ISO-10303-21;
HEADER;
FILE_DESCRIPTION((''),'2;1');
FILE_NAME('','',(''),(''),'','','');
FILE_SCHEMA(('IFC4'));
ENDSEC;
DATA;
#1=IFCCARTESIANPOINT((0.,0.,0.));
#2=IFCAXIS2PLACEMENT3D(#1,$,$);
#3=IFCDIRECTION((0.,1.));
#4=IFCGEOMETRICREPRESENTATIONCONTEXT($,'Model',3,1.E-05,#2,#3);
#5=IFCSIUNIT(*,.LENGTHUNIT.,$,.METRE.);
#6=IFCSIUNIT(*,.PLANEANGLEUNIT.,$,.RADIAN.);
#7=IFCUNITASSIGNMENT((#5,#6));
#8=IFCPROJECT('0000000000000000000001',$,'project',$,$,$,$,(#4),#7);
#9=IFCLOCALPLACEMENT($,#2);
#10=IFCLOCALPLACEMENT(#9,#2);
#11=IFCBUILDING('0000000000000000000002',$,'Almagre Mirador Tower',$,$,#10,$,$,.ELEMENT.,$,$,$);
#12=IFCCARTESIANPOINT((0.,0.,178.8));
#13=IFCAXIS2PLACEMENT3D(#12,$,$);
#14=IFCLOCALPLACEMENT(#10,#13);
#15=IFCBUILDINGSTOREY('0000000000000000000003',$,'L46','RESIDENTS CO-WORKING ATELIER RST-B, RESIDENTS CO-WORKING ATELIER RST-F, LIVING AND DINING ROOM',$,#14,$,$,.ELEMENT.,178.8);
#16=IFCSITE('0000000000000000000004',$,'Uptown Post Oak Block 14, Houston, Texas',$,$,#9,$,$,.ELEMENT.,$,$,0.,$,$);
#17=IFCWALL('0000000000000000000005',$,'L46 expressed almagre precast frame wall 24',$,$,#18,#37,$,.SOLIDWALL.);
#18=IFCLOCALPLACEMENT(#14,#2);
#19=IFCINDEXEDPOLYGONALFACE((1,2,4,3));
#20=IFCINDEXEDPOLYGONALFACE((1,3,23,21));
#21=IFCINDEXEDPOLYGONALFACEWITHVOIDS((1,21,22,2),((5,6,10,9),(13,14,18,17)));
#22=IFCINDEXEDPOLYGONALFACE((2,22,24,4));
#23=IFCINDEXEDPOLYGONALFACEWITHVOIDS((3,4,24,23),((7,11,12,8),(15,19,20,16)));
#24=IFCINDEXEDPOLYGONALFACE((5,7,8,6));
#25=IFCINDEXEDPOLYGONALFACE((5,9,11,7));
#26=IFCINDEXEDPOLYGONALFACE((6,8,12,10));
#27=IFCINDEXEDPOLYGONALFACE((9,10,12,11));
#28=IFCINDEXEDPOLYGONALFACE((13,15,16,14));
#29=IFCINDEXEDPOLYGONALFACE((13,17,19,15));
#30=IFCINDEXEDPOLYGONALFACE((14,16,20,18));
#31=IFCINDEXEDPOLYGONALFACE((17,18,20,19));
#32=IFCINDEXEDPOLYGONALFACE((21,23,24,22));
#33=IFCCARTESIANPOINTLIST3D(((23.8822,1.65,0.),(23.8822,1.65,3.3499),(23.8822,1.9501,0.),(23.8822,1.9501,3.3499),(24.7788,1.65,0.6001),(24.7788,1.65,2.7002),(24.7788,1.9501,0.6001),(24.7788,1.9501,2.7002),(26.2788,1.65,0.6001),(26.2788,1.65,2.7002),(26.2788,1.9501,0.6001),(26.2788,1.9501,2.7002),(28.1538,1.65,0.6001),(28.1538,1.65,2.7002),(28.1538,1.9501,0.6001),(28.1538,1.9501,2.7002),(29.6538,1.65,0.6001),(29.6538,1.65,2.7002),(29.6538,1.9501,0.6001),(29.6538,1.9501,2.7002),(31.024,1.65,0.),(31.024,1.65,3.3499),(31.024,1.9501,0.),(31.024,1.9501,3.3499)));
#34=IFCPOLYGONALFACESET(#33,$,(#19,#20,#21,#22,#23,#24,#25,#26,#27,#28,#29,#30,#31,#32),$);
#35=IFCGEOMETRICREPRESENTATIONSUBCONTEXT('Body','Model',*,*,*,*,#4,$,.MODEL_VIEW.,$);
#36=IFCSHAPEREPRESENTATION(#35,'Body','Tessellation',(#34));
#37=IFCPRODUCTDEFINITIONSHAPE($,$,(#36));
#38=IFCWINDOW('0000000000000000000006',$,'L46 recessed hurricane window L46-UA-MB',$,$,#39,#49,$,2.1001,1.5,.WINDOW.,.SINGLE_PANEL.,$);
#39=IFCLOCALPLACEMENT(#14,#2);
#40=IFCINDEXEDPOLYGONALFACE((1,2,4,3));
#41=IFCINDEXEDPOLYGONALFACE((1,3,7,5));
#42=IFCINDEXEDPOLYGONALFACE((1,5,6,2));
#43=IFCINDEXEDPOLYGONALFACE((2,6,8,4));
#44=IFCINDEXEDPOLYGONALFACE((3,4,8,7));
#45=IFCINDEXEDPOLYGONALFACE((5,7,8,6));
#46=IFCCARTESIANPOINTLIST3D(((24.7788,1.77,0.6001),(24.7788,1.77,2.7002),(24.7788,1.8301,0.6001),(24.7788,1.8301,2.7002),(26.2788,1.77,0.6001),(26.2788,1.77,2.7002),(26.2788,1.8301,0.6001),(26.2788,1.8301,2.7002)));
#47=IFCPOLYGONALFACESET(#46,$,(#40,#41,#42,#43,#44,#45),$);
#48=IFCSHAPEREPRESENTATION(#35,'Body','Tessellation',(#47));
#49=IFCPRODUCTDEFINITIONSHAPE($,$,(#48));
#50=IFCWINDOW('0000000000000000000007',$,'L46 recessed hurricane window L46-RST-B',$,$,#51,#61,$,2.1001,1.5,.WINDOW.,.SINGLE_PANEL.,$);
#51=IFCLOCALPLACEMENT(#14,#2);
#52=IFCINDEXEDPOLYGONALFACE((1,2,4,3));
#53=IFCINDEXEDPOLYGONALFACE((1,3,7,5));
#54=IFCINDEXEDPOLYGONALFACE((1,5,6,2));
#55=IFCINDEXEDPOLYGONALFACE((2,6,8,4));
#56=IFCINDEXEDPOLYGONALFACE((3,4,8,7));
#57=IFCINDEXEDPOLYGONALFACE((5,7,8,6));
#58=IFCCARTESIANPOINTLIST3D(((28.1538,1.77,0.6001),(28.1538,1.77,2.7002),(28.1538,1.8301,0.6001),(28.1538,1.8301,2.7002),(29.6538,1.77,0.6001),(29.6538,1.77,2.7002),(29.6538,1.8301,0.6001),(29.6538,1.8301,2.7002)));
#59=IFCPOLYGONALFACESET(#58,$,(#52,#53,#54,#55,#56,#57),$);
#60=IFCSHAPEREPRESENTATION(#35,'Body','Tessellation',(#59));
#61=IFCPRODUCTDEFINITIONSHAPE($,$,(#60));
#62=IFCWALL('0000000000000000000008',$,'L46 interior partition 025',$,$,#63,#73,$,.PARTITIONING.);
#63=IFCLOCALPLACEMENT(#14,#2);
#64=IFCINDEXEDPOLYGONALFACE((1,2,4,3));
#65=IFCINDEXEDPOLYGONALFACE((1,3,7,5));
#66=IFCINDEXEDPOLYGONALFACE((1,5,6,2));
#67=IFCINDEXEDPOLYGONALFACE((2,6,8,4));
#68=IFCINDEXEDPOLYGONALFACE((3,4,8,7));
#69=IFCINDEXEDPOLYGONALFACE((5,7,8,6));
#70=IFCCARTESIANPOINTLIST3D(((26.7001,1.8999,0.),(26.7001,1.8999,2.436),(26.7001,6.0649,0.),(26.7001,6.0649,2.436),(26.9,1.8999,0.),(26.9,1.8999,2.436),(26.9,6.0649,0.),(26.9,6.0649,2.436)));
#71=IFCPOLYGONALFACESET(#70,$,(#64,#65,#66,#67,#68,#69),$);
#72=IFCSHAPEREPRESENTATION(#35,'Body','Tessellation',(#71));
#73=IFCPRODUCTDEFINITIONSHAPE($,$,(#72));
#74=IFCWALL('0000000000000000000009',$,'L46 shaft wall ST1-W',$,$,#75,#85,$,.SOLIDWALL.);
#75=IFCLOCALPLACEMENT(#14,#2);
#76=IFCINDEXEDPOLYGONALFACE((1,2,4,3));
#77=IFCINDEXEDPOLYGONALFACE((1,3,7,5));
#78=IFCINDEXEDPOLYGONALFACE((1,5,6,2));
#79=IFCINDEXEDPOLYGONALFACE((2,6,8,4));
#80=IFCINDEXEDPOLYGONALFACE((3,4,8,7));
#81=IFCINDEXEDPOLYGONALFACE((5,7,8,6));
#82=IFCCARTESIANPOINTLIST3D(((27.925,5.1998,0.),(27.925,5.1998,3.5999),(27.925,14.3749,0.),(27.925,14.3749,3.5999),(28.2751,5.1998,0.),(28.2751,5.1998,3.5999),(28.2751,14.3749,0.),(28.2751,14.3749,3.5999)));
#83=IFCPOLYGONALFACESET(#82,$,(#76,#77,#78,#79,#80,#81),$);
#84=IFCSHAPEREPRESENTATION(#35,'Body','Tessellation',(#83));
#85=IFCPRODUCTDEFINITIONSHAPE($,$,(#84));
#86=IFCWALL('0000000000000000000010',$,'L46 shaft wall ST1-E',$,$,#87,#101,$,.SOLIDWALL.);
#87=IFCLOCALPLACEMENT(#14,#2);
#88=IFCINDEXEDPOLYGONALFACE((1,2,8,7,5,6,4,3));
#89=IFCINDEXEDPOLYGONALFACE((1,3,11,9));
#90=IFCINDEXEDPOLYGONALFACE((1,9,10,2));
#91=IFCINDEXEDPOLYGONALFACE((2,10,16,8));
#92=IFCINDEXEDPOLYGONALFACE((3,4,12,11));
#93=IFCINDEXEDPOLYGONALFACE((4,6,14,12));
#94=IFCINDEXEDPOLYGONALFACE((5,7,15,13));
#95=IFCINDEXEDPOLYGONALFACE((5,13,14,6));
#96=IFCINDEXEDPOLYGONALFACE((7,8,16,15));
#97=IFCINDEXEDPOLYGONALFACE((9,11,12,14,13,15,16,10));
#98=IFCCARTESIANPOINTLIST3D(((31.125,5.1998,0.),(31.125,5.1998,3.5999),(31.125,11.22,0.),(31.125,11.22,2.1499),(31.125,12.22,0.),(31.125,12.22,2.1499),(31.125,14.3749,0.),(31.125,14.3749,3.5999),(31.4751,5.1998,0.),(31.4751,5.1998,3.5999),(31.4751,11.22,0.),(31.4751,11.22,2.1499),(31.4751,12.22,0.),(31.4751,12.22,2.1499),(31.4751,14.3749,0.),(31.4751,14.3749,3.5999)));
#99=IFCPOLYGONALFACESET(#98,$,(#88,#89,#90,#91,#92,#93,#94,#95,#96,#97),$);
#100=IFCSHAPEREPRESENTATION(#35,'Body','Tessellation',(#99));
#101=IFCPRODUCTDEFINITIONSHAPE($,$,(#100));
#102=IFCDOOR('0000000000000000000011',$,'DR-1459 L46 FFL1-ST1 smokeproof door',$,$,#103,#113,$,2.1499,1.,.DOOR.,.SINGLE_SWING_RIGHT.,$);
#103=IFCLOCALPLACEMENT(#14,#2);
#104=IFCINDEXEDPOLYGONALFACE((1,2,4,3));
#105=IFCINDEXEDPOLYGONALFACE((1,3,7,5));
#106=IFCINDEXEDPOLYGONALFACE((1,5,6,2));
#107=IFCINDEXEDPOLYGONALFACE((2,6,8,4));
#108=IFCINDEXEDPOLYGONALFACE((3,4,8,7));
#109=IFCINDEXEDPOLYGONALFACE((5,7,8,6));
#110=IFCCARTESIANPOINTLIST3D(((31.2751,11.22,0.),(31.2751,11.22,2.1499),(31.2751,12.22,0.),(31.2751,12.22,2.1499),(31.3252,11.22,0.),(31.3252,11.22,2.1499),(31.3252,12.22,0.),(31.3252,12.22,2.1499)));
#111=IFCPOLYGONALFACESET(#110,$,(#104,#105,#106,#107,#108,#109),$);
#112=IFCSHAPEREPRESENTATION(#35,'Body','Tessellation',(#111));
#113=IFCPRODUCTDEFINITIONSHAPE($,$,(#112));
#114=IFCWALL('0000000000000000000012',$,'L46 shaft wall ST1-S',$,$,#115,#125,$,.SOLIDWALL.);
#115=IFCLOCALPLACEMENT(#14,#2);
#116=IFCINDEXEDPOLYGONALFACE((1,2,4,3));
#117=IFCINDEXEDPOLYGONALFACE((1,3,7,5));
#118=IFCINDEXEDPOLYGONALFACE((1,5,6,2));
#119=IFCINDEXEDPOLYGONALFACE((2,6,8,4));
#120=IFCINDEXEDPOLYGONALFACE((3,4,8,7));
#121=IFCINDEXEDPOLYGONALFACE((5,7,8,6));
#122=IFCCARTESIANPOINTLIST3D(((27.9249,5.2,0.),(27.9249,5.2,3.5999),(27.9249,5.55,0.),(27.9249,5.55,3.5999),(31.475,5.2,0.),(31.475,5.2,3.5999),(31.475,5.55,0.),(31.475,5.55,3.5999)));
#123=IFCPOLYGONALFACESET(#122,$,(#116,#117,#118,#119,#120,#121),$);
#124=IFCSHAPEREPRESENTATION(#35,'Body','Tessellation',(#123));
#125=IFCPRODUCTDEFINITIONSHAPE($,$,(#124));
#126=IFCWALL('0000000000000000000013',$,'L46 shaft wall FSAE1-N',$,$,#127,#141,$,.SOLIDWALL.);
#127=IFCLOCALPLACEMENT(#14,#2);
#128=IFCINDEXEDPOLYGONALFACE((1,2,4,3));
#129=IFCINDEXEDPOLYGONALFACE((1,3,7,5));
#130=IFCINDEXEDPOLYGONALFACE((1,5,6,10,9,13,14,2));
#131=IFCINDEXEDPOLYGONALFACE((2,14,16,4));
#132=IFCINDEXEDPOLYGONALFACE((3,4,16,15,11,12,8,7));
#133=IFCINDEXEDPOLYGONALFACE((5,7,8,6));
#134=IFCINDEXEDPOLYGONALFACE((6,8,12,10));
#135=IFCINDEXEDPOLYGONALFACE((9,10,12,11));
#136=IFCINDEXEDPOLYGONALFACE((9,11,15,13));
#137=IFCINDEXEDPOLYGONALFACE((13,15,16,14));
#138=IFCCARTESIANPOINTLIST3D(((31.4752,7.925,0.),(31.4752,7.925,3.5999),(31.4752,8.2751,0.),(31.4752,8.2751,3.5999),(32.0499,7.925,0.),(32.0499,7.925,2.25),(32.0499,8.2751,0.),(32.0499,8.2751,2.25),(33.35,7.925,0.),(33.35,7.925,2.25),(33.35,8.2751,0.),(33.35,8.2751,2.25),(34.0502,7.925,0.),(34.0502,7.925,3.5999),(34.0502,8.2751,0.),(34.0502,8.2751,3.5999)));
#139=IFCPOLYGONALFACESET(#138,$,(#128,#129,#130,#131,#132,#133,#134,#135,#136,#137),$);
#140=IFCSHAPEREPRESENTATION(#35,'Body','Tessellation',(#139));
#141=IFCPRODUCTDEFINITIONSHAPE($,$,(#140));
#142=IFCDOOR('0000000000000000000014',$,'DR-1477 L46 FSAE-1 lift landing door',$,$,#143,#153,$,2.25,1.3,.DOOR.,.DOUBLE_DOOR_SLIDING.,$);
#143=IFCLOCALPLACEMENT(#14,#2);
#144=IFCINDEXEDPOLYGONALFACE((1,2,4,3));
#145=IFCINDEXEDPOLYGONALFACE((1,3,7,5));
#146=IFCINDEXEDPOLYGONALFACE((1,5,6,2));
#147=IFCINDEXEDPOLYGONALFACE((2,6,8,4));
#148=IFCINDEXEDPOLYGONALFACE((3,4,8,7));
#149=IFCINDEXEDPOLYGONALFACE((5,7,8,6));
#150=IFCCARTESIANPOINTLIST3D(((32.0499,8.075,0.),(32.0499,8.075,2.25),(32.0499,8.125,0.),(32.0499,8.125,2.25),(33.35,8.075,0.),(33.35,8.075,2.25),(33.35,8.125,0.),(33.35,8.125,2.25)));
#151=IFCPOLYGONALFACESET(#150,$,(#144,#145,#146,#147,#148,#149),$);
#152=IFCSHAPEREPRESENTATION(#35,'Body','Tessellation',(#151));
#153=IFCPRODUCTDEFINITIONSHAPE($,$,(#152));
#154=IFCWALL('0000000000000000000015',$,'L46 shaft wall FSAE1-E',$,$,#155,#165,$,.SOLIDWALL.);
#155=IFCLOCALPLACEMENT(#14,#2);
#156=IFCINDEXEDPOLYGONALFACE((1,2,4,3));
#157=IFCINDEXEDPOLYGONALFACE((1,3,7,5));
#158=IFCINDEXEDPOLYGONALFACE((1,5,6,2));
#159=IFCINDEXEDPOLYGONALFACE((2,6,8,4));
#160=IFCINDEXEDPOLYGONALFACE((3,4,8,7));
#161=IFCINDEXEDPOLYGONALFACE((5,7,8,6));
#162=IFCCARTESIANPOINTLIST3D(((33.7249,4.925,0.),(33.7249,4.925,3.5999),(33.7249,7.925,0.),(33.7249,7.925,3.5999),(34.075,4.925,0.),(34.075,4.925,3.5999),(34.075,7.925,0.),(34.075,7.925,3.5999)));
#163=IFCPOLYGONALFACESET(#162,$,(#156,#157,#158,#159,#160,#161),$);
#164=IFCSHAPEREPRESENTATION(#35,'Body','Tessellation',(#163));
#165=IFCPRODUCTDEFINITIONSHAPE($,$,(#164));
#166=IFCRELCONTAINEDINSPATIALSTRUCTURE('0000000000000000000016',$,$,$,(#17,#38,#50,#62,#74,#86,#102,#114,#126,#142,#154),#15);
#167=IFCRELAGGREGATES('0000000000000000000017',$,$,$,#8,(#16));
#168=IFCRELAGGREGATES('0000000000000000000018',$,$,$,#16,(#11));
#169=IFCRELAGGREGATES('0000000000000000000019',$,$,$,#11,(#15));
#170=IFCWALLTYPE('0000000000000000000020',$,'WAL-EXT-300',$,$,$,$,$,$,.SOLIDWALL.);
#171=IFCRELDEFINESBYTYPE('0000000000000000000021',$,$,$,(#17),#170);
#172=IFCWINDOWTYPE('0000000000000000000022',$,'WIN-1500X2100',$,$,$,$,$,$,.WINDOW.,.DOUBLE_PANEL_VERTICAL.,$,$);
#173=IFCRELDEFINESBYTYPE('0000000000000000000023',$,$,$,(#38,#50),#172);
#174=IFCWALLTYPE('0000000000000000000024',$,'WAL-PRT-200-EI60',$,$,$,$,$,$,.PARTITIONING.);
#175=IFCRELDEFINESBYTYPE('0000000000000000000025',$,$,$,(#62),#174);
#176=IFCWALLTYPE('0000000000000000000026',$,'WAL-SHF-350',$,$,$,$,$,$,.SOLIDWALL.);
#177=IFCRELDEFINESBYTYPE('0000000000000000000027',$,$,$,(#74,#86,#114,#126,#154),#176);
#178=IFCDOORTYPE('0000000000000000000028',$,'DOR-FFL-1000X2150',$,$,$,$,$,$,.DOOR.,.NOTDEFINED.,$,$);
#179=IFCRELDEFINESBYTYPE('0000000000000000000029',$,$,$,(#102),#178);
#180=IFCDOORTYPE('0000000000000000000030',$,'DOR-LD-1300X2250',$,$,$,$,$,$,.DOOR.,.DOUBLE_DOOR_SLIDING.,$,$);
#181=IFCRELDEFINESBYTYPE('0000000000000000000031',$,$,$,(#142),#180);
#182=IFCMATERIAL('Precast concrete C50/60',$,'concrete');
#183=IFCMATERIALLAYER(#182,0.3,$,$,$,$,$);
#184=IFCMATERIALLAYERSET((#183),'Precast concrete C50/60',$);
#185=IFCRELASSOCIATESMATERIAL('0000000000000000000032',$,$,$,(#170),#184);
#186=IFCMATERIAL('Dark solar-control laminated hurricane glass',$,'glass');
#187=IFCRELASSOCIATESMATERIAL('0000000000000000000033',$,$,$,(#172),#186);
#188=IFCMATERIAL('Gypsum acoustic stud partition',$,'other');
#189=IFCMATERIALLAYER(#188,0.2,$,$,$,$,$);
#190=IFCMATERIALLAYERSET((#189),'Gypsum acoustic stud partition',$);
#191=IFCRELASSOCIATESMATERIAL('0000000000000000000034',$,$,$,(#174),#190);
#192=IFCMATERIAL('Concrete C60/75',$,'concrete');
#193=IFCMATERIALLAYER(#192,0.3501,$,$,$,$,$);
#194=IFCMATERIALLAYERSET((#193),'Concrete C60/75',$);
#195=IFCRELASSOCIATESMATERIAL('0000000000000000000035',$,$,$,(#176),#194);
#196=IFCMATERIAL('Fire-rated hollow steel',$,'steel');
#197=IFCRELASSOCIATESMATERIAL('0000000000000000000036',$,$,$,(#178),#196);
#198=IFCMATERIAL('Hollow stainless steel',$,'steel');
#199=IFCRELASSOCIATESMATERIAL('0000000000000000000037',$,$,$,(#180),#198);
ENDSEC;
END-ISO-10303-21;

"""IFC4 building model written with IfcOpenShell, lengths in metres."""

from ifc_helpers import new_model, si_unit, direction, frame, frame_2d, origin, place, context, subcontext, project, spatial, rectangle, extrude, material, layer, layer_set, type_object, element, fill, save


model = new_model("IFC4")

# Units and contexts
model_context = context("Model", 3, precision=1e-05, world=origin(), true_north=direction((0.0, 1.0)))
body_context = subcontext(model_context, "Body", "Model", "MODEL_VIEW")
ifc_project = project(units=[si_unit("LENGTHUNIT", "METRE"), si_unit("PLANEANGLEUNIT", "RADIAN")], contexts=[model_context])

# Site, building, storey
site_placement = place(None, origin())
site = spatial("IfcSite", under=ifc_project, at=site_placement, Name="Uptown Post Oak Block 14, Houston, Texas", CompositionType="ELEMENT", RefElevation=0.0)
building_placement = place(site_placement, origin())
building = spatial("IfcBuilding", under=site, at=building_placement, Name="Almagre Mirador Tower", CompositionType="ELEMENT")
storey_placement = place(building_placement, frame((0.0, 0.0, 178.8)))
storey = spatial("IfcBuildingStorey", under=building, at=storey_placement, Name="L46", Description="RESIDENTS CO-WORKING ATELIER RST-B, RESIDENTS CO-WORKING ATELIER RST-F, LIVING AND DINING ROOM", CompositionType="ELEMENT", Elevation=178.8)

# Shared definitions
ifc_material_1 = material(Name="Precast concrete C50/60", Category="concrete")
ifc_layer_1 = layer(ifc_material_1, 0.3)
ifc_layer_set_1 = layer_set([ifc_layer_1], Name="Precast concrete C50/60")
wall_type_1 = type_object("IfcWallType", Name="WAL-EXT-300", PredefinedType="SOLIDWALL", material=ifc_layer_set_1)

# Wall, openings, windows
wall_1_placement = place(storey_placement, frame((31.0239, 1.8, 0.0), z_axis=(0.0, 0.0, 1.0), x_axis=(-1.0, 0.0, 0.0)))
wall_1 = element("IfcWall", 1, at=wall_1_placement, inside=storey, type_object=wall_type_1, Name="L46 expressed almagre precast frame wall 24", PredefinedType="SOLIDWALL", context=body_context, shape_type="SweptSolid", body=[
    extrude(rectangle(XDim=7.1418, YDim=0.3, at=frame_2d((3.5708, 0.0))), origin(), (0.0, 0.0, 1.0), 3.3499),
])
opening_1_placement = place(wall_1_placement, frame((4.7451, 0.0, 0.6001)))
opening_1 = element("IfcOpeningElement", 2, at=opening_1_placement, cuts=wall_1, PredefinedType="OPENING", context=body_context, shape_type="SweptSolid", body=[
    extrude(rectangle(XDim=1.5, YDim=2.1001, at=frame_2d((0.75, 1.05))), frame((0.0, 0.1599, 0.0), z_axis=(0.0, -1.0, 0.0), x_axis=(1.0, 0.0, 0.0)), (0.0, 0.0, 1.0), 0.32),
])
opening_2_placement = place(wall_1_placement, frame((1.3701, 0.0, 0.6001)))
opening_2 = element("IfcOpeningElement", 3, at=opening_2_placement, cuts=wall_1, PredefinedType="OPENING", context=body_context, shape_type="SweptSolid", body=[
    extrude(rectangle(XDim=1.5, YDim=2.1001, at=frame_2d((0.75, 1.05))), frame((0.0, 0.1599, 0.0), z_axis=(0.0, -1.0, 0.0), x_axis=(1.0, 0.0, 0.0)), (0.0, 0.0, 1.0), 0.32),
])
ifc_material_2 = material(Name="Dark solar-control laminated hurricane glass", Category="glass")
window_type = type_object("IfcWindowType", Name="WIN-1500X2100", PartitioningType="DOUBLE_PANEL_VERTICAL", PredefinedType="WINDOW", material=ifc_material_2)
window_1_placement = place(opening_1_placement, origin())
window_1 = element("IfcWindow", 4, at=window_1_placement, inside=storey, type_object=window_type, Name="L46 recessed hurricane window L46-UA-MB", OverallHeight=2.1001, OverallWidth=1.5, PartitioningType="SINGLE_PANEL", PredefinedType="WINDOW", context=body_context, shape_type="SweptSolid", body=[
    extrude(rectangle(XDim=1.5, YDim=2.1001, at=frame_2d((0.75, 1.05))), frame((0.0, 0.03, 0.0), z_axis=(0.0, -1.0, 0.0), x_axis=(1.0, 0.0, 0.0)), (0.0, 0.0, 1.0), 0.0601),
])
fill(opening_1, window_1)
window_2_placement = place(opening_2_placement, origin())
window_2 = element("IfcWindow", 5, at=window_2_placement, inside=storey, type_object=window_type, Name="L46 recessed hurricane window L46-RST-B", OverallHeight=2.1001, OverallWidth=1.5, PartitioningType="SINGLE_PANEL", PredefinedType="WINDOW", context=body_context, shape_type="SweptSolid", body=[
    extrude(rectangle(XDim=1.5, YDim=2.1001, at=frame_2d((0.75, 1.05))), frame((0.0, 0.03, 0.0), z_axis=(0.0, -1.0, 0.0), x_axis=(1.0, 0.0, 0.0)), (0.0, 0.0, 1.0), 0.0601),
])
fill(opening_2, window_2)

# Walls
ifc_material_3 = material(Name="Gypsum acoustic stud partition", Category="other")
ifc_layer_2 = layer(ifc_material_3, 0.2)
ifc_layer_set_2 = layer_set([ifc_layer_2], Name="Gypsum acoustic stud partition")
wall_type_2 = type_object("IfcWallType", Name="WAL-PRT-200-EI60", PredefinedType="PARTITIONING", material=ifc_layer_set_2)
wall_2_placement = place(storey_placement, frame((26.8, 1.8999, 0.0), z_axis=(0.0, 0.0, 1.0), x_axis=(0.0, 1.0, 0.0)))
element("IfcWall", 6, at=wall_2_placement, inside=storey, type_object=wall_type_2, Name="L46 interior partition 025", PredefinedType="PARTITIONING", context=body_context, shape_type="SweptSolid", body=[
    extrude(rectangle(XDim=4.165, YDim=0.2, at=frame_2d((2.0825, 0.0))), origin(), (0.0, 0.0, 1.0), 2.436),
])
ifc_material_4 = material(Name="Concrete C60/75", Category="concrete")
ifc_layer_3 = layer(ifc_material_4, 0.3501)
ifc_layer_set_3 = layer_set([ifc_layer_3], Name="Concrete C60/75")
wall_type_3 = type_object("IfcWallType", Name="WAL-SHF-350", PredefinedType="SOLIDWALL", material=ifc_layer_set_3)
wall_3_placement = place(storey_placement, frame((28.1001, 5.2, 0.0), z_axis=(0.0, 0.0, 1.0), x_axis=(0.0, 1.0, 0.0)))
element("IfcWall", 7, at=wall_3_placement, inside=storey, type_object=wall_type_3, Name="L46 shaft wall ST1-W", PredefinedType="SOLIDWALL", context=body_context, shape_type="SweptSolid", body=[
    extrude(rectangle(XDim=9.175, YDim=0.3501, at=frame_2d((4.5874, 0.0))), origin(), (0.0, 0.0, 1.0), 3.5999),
])

# Wall, opening, door
wall_4_placement = place(storey_placement, frame((31.3, 5.2, 0.0), z_axis=(0.0, 0.0, 1.0), x_axis=(0.0, 1.0, 0.0)))
wall_4 = element("IfcWall", 8, at=wall_4_placement, inside=storey, type_object=wall_type_3, Name="L46 shaft wall ST1-E", PredefinedType="SOLIDWALL", context=body_context, shape_type="SweptSolid", body=[
    extrude(rectangle(XDim=9.175, YDim=0.3501, at=frame_2d((4.5874, 0.0))), origin(), (0.0, 0.0, 1.0), 3.5999),
])
opening_3_placement = place(wall_4_placement, frame((6.02, 0.0, 0.0)))
opening_3 = element("IfcOpeningElement", 9, at=opening_3_placement, cuts=wall_4, PredefinedType="OPENING", context=body_context, shape_type="SweptSolid", body=[
    extrude(rectangle(XDim=1.0, YDim=2.1499, at=frame_2d((0.5, 1.075))), frame((0.0, 0.185, 0.0), z_axis=(0.0, -1.0, 0.0), x_axis=(1.0, 0.0, 0.0)), (0.0, 0.0, 1.0), 0.3701),
])
ifc_material_5 = material(Name="Fire-rated hollow steel", Category="steel")
door_type_1 = type_object("IfcDoorType", Name="DOR-FFL-1000X2150", OperationType="NOTDEFINED", PredefinedType="DOOR", material=ifc_material_5)
door_1_placement = place(opening_3_placement, origin())
door_1 = element("IfcDoor", 10, at=door_1_placement, inside=storey, type_object=door_type_1, Name="DR-1459 L46 FFL1-ST1 smokeproof door", OperationType="SINGLE_SWING_RIGHT", OverallHeight=2.1499, OverallWidth=1.0, PredefinedType="DOOR", context=body_context, shape_type="SweptSolid", body=[
    extrude(rectangle(XDim=1.0, YDim=2.1499, at=frame_2d((0.5, 1.075))), frame((0.0, 0.0249, 0.0), z_axis=(0.0, -1.0, 0.0), x_axis=(1.0, 0.0, 0.0)), (0.0, 0.0, 1.0), 0.05),
])
fill(opening_3, door_1)

# Wall
wall_5_placement = place(storey_placement, frame((27.925, 5.375, 0.0), z_axis=(0.0, 0.0, 1.0), x_axis=(1.0, 0.0, 0.0)))
element("IfcWall", 11, at=wall_5_placement, inside=storey, type_object=wall_type_3, Name="L46 shaft wall ST1-S", PredefinedType="SOLIDWALL", context=body_context, shape_type="SweptSolid", body=[
    extrude(rectangle(XDim=3.55, YDim=0.3501, at=frame_2d((1.7749, 0.0))), origin(), (0.0, 0.0, 1.0), 3.5999),
])

# Wall, opening, door
wall_6_placement = place(storey_placement, frame((31.4751, 8.1001, 0.0), z_axis=(0.0, 0.0, 1.0), x_axis=(1.0, 0.0, 0.0)))
wall_6 = element("IfcWall", 12, at=wall_6_placement, inside=storey, type_object=wall_type_3, Name="L46 shaft wall FSAE1-N", PredefinedType="SOLIDWALL", context=body_context, shape_type="SweptSolid", body=[
    extrude(rectangle(XDim=2.575, YDim=0.3501, at=frame_2d((1.2876, 0.0))), origin(), (0.0, 0.0, 1.0), 3.5999),
])
opening_4_placement = place(wall_6_placement, frame((0.575, 0.0, 0.0)))
opening_4 = element("IfcOpeningElement", 13, at=opening_4_placement, cuts=wall_6, PredefinedType="OPENING", context=body_context, shape_type="SweptSolid", body=[
    extrude(rectangle(XDim=1.3, YDim=2.25, at=frame_2d((0.6499, 1.125))), frame((0.0, 0.185, 0.0), z_axis=(0.0, -1.0, 0.0), x_axis=(1.0, 0.0, 0.0)), (0.0, 0.0, 1.0), 0.3701),
])
ifc_material_6 = material(Name="Hollow stainless steel", Category="steel")
door_type_2 = type_object("IfcDoorType", Name="DOR-LD-1300X2250", OperationType="DOUBLE_DOOR_SLIDING", PredefinedType="DOOR", material=ifc_material_6)
door_2_placement = place(opening_4_placement, origin())
door_2 = element("IfcDoor", 14, at=door_2_placement, inside=storey, type_object=door_type_2, Name="DR-1477 L46 FSAE-1 lift landing door", OperationType="DOUBLE_DOOR_SLIDING", OverallHeight=2.25, OverallWidth=1.3, PredefinedType="DOOR", context=body_context, shape_type="SweptSolid", body=[
    extrude(rectangle(XDim=1.3, YDim=2.25, at=frame_2d((0.6499, 1.125))), frame((0.0, 0.0249, 0.0), z_axis=(0.0, -1.0, 0.0), x_axis=(1.0, 0.0, 0.0)), (0.0, 0.0, 1.0), 0.05),
])
fill(opening_4, door_2)

# Wall
wall_7_placement = place(storey_placement, frame((33.8999, 4.925, 0.0), z_axis=(0.0, 0.0, 1.0), x_axis=(0.0, 1.0, 0.0)))
element("IfcWall", 15, at=wall_7_placement, inside=storey, type_object=wall_type_3, Name="L46 shaft wall FSAE1-E", PredefinedType="SOLIDWALL", context=body_context, shape_type="SweptSolid", body=[
    extrude(rectangle(XDim=3.0, YDim=0.3501, at=frame_2d((1.5, 0.0))), origin(), (0.0, 0.0, 1.0), 3.5999),
])

save(model, "model.ifc")
